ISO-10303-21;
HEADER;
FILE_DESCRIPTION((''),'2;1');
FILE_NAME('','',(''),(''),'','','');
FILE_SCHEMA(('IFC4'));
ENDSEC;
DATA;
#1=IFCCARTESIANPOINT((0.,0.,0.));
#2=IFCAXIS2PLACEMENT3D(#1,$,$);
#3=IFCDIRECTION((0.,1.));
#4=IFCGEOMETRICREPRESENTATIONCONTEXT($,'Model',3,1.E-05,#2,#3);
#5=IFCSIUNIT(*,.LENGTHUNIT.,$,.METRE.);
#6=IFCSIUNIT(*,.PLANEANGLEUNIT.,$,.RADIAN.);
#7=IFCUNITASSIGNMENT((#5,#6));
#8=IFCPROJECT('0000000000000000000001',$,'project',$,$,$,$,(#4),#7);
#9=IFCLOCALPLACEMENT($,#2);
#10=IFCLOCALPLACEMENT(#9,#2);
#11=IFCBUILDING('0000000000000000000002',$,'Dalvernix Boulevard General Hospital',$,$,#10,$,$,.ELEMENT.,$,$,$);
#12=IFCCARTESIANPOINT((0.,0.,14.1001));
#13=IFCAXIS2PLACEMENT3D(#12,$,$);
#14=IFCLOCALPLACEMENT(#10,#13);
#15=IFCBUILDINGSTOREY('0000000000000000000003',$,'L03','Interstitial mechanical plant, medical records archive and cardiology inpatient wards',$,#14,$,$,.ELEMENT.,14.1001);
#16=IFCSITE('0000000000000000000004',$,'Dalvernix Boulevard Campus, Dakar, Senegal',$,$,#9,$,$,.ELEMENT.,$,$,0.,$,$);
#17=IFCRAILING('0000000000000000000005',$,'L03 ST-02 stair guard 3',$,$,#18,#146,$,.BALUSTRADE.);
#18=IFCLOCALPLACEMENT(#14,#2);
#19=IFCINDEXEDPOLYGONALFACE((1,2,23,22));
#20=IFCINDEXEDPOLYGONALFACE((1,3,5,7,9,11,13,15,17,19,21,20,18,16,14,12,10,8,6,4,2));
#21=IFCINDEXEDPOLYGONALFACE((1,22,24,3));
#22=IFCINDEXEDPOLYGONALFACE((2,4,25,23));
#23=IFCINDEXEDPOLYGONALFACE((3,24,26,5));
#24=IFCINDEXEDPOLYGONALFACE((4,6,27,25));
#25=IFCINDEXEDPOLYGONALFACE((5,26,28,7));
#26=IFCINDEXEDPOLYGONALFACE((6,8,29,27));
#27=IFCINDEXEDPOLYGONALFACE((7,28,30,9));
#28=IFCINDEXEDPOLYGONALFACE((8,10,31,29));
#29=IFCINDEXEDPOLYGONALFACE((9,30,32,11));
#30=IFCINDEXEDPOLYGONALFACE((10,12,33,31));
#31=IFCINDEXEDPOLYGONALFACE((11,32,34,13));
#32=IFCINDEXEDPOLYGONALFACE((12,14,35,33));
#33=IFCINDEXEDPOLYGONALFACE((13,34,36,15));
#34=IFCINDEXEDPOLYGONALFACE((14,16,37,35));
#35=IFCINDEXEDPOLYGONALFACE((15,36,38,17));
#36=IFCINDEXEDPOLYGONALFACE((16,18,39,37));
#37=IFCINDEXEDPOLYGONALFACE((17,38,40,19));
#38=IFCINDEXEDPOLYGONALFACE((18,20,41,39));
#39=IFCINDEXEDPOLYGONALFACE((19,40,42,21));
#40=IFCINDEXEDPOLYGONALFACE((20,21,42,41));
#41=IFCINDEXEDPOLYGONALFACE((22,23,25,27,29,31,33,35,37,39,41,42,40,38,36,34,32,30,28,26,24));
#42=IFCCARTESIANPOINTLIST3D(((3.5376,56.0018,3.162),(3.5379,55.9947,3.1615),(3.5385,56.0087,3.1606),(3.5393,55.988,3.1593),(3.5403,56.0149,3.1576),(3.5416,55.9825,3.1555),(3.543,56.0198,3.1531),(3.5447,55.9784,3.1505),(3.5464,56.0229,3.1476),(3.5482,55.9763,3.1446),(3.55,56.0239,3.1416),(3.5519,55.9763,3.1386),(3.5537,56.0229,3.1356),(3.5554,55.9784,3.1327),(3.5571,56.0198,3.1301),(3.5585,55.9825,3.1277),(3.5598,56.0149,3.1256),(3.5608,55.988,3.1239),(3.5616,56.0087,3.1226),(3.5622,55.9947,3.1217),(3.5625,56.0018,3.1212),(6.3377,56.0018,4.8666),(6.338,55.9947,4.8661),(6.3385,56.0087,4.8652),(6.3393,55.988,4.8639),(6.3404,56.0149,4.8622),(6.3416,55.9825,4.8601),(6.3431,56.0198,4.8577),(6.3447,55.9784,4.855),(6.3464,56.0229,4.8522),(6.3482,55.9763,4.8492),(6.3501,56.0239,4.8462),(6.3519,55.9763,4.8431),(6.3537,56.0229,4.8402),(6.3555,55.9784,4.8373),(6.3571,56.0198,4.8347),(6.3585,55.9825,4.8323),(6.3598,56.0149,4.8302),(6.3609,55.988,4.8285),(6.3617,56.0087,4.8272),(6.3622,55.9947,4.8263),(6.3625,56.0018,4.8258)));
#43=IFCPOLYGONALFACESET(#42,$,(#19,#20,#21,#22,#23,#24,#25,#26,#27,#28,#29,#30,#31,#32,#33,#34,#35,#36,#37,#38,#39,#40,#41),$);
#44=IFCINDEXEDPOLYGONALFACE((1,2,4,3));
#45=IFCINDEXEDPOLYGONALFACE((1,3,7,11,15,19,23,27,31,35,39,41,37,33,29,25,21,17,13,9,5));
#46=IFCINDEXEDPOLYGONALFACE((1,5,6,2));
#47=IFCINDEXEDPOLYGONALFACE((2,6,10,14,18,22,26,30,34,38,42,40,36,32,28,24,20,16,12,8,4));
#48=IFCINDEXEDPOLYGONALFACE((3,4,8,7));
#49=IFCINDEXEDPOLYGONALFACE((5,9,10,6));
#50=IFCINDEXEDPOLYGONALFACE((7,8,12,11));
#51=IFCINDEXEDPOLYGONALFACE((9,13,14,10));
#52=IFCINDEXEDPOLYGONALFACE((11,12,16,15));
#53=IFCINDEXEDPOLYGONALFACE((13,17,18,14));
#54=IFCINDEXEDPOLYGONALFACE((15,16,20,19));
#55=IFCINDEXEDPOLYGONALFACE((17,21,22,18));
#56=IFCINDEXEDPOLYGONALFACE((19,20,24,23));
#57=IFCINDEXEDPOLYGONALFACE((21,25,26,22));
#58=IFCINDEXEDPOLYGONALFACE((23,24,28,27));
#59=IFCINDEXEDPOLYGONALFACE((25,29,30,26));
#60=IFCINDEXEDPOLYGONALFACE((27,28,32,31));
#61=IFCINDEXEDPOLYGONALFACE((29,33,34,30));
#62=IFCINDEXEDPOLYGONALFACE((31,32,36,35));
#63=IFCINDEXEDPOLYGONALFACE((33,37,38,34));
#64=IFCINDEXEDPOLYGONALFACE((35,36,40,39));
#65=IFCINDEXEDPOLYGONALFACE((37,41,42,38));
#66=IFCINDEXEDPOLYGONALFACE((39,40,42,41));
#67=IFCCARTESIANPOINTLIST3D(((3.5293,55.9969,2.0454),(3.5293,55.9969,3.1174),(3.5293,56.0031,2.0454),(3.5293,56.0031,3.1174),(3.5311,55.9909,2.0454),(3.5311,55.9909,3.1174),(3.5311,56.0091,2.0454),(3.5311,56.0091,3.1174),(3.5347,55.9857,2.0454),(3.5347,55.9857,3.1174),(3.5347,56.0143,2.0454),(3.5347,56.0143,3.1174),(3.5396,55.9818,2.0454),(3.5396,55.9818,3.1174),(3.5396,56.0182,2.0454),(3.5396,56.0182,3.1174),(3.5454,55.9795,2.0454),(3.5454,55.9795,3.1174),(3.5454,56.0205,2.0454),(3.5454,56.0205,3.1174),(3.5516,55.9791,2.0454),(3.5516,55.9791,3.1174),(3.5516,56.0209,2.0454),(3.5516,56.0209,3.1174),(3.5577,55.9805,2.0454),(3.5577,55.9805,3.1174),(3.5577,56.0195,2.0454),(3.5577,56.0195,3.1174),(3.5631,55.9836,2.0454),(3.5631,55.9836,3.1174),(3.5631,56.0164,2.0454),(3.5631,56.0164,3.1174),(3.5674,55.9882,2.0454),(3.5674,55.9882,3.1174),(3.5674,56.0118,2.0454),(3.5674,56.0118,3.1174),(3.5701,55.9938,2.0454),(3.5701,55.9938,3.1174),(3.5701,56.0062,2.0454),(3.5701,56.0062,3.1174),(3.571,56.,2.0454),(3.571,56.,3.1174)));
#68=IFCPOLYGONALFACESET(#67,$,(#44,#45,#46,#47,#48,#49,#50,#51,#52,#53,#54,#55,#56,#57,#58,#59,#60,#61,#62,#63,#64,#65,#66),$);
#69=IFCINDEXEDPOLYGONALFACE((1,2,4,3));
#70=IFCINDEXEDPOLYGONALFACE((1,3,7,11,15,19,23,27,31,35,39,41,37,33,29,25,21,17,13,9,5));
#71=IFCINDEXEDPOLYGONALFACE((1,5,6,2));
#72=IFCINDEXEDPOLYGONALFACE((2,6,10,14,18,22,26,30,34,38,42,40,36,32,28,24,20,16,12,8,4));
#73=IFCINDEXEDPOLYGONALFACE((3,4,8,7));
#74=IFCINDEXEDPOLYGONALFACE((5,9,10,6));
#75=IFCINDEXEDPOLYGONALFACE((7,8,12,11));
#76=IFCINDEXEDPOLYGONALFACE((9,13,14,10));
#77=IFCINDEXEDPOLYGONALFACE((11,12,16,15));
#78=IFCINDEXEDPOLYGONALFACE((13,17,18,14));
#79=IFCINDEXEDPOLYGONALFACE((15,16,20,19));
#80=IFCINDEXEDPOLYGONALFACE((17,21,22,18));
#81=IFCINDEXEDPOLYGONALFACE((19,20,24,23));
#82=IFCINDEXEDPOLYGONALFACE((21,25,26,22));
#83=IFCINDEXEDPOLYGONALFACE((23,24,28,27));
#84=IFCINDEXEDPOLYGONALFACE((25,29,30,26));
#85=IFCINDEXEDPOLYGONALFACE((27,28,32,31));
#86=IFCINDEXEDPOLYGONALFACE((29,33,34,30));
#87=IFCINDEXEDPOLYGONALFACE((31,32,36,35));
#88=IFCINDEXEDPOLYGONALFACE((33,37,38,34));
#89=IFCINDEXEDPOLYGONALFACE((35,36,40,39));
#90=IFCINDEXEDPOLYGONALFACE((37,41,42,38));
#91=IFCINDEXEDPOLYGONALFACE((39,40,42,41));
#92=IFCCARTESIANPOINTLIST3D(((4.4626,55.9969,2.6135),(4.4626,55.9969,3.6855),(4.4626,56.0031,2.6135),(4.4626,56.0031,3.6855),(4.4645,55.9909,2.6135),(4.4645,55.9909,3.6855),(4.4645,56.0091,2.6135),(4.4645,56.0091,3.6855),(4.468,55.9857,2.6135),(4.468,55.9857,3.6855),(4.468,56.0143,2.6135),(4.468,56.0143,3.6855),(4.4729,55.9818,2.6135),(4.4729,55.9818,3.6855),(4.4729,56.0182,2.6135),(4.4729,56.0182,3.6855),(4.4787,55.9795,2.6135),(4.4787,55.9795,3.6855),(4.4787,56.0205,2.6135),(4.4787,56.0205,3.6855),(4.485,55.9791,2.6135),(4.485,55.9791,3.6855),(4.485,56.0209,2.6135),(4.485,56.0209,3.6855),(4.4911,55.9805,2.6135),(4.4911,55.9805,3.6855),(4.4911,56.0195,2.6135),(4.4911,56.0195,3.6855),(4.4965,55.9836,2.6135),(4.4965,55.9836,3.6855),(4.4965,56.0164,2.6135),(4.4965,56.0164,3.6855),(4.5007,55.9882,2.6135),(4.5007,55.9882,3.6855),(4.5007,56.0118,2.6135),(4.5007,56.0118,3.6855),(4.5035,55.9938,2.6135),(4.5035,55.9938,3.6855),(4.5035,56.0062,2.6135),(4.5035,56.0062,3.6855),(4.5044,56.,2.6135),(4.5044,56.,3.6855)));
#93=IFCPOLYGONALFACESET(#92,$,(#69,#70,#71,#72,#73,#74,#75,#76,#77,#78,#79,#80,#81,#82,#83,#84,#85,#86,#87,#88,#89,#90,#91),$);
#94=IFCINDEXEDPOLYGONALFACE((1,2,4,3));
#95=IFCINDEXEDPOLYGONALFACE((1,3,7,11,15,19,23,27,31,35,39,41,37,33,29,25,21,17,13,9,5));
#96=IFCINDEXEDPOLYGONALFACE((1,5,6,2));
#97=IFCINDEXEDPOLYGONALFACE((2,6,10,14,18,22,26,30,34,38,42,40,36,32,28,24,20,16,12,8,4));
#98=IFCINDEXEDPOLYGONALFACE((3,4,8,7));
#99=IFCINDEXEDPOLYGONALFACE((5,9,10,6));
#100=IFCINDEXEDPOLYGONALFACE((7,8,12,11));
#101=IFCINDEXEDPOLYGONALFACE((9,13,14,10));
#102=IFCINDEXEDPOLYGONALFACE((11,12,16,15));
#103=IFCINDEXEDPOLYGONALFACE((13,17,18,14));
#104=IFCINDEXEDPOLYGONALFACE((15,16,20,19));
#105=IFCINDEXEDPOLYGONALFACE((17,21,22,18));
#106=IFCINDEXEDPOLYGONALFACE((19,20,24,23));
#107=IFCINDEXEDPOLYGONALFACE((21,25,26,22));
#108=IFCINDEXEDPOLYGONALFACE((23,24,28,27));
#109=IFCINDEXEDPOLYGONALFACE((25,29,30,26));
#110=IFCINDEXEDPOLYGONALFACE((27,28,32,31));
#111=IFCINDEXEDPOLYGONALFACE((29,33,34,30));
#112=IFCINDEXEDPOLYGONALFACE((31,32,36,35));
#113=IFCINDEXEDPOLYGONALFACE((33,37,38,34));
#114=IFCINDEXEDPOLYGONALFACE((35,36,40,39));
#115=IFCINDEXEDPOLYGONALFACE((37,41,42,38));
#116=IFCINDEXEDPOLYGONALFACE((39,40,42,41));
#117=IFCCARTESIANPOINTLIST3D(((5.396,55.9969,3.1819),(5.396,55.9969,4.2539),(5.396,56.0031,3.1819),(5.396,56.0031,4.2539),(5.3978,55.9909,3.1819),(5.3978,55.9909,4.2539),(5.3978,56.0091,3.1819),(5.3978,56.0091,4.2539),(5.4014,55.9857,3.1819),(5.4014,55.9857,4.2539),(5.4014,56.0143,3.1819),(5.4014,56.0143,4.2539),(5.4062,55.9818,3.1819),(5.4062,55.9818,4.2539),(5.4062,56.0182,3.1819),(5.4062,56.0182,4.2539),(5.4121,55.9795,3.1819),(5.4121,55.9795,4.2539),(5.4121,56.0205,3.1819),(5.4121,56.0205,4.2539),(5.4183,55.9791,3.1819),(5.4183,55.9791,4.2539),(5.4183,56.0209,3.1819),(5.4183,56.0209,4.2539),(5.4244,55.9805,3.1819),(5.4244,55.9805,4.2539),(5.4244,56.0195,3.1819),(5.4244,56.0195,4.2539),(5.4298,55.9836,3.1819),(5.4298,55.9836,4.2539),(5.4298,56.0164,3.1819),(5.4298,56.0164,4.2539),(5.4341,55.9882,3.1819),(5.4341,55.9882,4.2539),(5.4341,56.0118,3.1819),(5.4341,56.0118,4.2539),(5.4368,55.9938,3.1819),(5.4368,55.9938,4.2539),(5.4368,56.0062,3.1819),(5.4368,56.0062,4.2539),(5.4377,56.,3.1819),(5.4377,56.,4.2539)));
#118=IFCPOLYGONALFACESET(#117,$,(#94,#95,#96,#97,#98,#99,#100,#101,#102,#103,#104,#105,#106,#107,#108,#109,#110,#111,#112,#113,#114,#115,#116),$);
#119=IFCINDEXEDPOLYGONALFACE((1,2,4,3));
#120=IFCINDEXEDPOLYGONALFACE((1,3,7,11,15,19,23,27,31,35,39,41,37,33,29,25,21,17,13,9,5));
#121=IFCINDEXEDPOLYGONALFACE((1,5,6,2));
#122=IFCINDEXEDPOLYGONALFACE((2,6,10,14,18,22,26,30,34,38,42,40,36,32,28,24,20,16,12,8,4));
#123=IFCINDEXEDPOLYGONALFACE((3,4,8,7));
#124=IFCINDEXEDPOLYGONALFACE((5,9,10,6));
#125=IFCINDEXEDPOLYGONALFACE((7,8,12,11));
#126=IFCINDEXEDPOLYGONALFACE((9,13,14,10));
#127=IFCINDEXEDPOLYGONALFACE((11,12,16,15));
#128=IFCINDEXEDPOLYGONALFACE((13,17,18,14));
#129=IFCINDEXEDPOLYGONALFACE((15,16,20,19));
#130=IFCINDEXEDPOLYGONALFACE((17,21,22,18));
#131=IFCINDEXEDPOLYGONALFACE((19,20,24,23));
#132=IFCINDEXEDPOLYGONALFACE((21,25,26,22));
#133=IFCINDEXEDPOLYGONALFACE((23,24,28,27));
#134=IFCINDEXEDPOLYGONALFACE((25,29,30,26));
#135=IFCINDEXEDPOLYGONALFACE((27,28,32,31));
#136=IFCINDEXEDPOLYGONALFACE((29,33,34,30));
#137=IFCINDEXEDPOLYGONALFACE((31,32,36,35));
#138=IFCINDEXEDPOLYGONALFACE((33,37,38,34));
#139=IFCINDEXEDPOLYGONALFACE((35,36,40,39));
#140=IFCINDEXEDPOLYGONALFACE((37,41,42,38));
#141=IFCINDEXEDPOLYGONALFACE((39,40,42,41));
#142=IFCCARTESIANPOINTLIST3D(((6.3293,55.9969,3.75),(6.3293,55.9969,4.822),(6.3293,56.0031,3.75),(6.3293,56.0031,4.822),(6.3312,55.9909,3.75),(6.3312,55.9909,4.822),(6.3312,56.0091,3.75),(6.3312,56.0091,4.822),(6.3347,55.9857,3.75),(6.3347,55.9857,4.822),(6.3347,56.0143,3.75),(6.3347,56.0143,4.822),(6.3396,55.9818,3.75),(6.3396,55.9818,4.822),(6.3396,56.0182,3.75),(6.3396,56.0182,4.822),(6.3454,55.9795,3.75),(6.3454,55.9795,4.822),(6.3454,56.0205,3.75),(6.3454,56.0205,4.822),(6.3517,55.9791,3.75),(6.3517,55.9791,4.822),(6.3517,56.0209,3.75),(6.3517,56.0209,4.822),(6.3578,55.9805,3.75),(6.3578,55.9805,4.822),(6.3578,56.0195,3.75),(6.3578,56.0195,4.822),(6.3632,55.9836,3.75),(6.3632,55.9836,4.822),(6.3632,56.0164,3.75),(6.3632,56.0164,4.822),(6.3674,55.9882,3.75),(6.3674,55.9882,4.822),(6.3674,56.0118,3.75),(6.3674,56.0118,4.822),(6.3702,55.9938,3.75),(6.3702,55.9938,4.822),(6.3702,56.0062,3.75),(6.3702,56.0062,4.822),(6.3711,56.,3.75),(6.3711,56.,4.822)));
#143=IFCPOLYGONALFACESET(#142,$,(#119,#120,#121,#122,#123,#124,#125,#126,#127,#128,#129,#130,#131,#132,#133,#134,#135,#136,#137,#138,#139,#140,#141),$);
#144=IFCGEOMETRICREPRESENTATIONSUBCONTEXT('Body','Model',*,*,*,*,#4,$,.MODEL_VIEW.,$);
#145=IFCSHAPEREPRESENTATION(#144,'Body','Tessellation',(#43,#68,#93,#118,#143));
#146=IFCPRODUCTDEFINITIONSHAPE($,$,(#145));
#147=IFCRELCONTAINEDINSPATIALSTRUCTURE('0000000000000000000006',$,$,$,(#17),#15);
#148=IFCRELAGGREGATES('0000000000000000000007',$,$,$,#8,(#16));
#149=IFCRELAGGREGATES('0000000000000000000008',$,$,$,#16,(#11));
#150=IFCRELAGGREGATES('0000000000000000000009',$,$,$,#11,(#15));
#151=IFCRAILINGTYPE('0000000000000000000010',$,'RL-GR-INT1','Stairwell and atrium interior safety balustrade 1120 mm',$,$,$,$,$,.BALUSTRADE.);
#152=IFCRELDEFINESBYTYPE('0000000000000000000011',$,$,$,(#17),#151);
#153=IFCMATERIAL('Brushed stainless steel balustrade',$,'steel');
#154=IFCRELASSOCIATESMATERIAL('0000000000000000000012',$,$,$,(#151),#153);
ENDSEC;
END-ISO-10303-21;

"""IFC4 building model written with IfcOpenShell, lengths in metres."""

from ifc_helpers import new_model, si_unit, direction, frame, origin, origin_2d, place, context, subcontext, project, spatial, circle, extrude, material, type_object, element, save


model = new_model("IFC4")

# Units and contexts
model_context = context("Model", 3, precision=1e-05, world=origin(), true_north=direction((0.0, 1.0)))
body_context = subcontext(model_context, "Body", "Model", "MODEL_VIEW")
ifc_project = project(units=[si_unit("LENGTHUNIT", "METRE"), si_unit("PLANEANGLEUNIT", "RADIAN")], contexts=[model_context])

# Site, building, storey
site_placement = place(None, origin())
site = spatial("IfcSite", under=ifc_project, at=site_placement, Name="Dalvernix Boulevard Campus, Dakar, Senegal", CompositionType="ELEMENT", RefElevation=0.0)
building_placement = place(site_placement, origin())
building = spatial("IfcBuilding", under=site, at=building_placement, Name="Dalvernix Boulevard General Hospital", CompositionType="ELEMENT")
storey_placement = place(building_placement, frame((0.0, 0.0, 14.1001)))
storey = spatial("IfcBuildingStorey", under=building, at=storey_placement, Name="L03", Description="Interstitial mechanical plant, medical records archive and cardiology inpatient wards", CompositionType="ELEMENT", Elevation=14.1001)

# Railing
ifc_material_1 = material(Name="Brushed stainless steel balustrade", Category="steel")
railing_type_1 = type_object("IfcRailingType", Name="RL-GR-INT1", Description="Stairwell and atrium interior safety balustrade 1120 mm", PredefinedType="BALUSTRADE", material=ifc_material_1)
railing_1_placement = place(storey_placement, frame((3.55, 56.0, 2.0454)))
element("IfcRailing", 1, at=railing_1_placement, inside=storey, type_object=railing_type_1, Name="L03 ST-02 stair guard 3", PredefinedType="BALUSTRADE", context=body_context, shape_type="SweptSolid", body=[
    extrude(circle(Radius=0.0239, at=origin_2d()), frame((0.0, 0.0, 1.0962), z_axis=(0.85417, 0.0, 0.519994), x_axis=(0.0, 1.0, 0.0)), (0.0, 0.0, 1.0), 3.2781),
    extrude(circle(Radius=0.021, at=origin_2d()), origin(), (0.0, 0.0, 1.0), 1.072),
    extrude(circle(Radius=0.021, at=origin_2d()), frame((0.9333, 0.0, 0.5681)), (0.0, 0.0, 1.0), 1.072),
    extrude(circle(Radius=0.021, at=origin_2d()), frame((1.8667, 0.0, 1.1365)), (0.0, 0.0, 1.0), 1.072),
    extrude(circle(Radius=0.021, at=origin_2d()), frame((2.8, 0.0, 1.7046)), (0.0, 0.0, 1.0), 1.072),
])

save(model, "model.ifc")
